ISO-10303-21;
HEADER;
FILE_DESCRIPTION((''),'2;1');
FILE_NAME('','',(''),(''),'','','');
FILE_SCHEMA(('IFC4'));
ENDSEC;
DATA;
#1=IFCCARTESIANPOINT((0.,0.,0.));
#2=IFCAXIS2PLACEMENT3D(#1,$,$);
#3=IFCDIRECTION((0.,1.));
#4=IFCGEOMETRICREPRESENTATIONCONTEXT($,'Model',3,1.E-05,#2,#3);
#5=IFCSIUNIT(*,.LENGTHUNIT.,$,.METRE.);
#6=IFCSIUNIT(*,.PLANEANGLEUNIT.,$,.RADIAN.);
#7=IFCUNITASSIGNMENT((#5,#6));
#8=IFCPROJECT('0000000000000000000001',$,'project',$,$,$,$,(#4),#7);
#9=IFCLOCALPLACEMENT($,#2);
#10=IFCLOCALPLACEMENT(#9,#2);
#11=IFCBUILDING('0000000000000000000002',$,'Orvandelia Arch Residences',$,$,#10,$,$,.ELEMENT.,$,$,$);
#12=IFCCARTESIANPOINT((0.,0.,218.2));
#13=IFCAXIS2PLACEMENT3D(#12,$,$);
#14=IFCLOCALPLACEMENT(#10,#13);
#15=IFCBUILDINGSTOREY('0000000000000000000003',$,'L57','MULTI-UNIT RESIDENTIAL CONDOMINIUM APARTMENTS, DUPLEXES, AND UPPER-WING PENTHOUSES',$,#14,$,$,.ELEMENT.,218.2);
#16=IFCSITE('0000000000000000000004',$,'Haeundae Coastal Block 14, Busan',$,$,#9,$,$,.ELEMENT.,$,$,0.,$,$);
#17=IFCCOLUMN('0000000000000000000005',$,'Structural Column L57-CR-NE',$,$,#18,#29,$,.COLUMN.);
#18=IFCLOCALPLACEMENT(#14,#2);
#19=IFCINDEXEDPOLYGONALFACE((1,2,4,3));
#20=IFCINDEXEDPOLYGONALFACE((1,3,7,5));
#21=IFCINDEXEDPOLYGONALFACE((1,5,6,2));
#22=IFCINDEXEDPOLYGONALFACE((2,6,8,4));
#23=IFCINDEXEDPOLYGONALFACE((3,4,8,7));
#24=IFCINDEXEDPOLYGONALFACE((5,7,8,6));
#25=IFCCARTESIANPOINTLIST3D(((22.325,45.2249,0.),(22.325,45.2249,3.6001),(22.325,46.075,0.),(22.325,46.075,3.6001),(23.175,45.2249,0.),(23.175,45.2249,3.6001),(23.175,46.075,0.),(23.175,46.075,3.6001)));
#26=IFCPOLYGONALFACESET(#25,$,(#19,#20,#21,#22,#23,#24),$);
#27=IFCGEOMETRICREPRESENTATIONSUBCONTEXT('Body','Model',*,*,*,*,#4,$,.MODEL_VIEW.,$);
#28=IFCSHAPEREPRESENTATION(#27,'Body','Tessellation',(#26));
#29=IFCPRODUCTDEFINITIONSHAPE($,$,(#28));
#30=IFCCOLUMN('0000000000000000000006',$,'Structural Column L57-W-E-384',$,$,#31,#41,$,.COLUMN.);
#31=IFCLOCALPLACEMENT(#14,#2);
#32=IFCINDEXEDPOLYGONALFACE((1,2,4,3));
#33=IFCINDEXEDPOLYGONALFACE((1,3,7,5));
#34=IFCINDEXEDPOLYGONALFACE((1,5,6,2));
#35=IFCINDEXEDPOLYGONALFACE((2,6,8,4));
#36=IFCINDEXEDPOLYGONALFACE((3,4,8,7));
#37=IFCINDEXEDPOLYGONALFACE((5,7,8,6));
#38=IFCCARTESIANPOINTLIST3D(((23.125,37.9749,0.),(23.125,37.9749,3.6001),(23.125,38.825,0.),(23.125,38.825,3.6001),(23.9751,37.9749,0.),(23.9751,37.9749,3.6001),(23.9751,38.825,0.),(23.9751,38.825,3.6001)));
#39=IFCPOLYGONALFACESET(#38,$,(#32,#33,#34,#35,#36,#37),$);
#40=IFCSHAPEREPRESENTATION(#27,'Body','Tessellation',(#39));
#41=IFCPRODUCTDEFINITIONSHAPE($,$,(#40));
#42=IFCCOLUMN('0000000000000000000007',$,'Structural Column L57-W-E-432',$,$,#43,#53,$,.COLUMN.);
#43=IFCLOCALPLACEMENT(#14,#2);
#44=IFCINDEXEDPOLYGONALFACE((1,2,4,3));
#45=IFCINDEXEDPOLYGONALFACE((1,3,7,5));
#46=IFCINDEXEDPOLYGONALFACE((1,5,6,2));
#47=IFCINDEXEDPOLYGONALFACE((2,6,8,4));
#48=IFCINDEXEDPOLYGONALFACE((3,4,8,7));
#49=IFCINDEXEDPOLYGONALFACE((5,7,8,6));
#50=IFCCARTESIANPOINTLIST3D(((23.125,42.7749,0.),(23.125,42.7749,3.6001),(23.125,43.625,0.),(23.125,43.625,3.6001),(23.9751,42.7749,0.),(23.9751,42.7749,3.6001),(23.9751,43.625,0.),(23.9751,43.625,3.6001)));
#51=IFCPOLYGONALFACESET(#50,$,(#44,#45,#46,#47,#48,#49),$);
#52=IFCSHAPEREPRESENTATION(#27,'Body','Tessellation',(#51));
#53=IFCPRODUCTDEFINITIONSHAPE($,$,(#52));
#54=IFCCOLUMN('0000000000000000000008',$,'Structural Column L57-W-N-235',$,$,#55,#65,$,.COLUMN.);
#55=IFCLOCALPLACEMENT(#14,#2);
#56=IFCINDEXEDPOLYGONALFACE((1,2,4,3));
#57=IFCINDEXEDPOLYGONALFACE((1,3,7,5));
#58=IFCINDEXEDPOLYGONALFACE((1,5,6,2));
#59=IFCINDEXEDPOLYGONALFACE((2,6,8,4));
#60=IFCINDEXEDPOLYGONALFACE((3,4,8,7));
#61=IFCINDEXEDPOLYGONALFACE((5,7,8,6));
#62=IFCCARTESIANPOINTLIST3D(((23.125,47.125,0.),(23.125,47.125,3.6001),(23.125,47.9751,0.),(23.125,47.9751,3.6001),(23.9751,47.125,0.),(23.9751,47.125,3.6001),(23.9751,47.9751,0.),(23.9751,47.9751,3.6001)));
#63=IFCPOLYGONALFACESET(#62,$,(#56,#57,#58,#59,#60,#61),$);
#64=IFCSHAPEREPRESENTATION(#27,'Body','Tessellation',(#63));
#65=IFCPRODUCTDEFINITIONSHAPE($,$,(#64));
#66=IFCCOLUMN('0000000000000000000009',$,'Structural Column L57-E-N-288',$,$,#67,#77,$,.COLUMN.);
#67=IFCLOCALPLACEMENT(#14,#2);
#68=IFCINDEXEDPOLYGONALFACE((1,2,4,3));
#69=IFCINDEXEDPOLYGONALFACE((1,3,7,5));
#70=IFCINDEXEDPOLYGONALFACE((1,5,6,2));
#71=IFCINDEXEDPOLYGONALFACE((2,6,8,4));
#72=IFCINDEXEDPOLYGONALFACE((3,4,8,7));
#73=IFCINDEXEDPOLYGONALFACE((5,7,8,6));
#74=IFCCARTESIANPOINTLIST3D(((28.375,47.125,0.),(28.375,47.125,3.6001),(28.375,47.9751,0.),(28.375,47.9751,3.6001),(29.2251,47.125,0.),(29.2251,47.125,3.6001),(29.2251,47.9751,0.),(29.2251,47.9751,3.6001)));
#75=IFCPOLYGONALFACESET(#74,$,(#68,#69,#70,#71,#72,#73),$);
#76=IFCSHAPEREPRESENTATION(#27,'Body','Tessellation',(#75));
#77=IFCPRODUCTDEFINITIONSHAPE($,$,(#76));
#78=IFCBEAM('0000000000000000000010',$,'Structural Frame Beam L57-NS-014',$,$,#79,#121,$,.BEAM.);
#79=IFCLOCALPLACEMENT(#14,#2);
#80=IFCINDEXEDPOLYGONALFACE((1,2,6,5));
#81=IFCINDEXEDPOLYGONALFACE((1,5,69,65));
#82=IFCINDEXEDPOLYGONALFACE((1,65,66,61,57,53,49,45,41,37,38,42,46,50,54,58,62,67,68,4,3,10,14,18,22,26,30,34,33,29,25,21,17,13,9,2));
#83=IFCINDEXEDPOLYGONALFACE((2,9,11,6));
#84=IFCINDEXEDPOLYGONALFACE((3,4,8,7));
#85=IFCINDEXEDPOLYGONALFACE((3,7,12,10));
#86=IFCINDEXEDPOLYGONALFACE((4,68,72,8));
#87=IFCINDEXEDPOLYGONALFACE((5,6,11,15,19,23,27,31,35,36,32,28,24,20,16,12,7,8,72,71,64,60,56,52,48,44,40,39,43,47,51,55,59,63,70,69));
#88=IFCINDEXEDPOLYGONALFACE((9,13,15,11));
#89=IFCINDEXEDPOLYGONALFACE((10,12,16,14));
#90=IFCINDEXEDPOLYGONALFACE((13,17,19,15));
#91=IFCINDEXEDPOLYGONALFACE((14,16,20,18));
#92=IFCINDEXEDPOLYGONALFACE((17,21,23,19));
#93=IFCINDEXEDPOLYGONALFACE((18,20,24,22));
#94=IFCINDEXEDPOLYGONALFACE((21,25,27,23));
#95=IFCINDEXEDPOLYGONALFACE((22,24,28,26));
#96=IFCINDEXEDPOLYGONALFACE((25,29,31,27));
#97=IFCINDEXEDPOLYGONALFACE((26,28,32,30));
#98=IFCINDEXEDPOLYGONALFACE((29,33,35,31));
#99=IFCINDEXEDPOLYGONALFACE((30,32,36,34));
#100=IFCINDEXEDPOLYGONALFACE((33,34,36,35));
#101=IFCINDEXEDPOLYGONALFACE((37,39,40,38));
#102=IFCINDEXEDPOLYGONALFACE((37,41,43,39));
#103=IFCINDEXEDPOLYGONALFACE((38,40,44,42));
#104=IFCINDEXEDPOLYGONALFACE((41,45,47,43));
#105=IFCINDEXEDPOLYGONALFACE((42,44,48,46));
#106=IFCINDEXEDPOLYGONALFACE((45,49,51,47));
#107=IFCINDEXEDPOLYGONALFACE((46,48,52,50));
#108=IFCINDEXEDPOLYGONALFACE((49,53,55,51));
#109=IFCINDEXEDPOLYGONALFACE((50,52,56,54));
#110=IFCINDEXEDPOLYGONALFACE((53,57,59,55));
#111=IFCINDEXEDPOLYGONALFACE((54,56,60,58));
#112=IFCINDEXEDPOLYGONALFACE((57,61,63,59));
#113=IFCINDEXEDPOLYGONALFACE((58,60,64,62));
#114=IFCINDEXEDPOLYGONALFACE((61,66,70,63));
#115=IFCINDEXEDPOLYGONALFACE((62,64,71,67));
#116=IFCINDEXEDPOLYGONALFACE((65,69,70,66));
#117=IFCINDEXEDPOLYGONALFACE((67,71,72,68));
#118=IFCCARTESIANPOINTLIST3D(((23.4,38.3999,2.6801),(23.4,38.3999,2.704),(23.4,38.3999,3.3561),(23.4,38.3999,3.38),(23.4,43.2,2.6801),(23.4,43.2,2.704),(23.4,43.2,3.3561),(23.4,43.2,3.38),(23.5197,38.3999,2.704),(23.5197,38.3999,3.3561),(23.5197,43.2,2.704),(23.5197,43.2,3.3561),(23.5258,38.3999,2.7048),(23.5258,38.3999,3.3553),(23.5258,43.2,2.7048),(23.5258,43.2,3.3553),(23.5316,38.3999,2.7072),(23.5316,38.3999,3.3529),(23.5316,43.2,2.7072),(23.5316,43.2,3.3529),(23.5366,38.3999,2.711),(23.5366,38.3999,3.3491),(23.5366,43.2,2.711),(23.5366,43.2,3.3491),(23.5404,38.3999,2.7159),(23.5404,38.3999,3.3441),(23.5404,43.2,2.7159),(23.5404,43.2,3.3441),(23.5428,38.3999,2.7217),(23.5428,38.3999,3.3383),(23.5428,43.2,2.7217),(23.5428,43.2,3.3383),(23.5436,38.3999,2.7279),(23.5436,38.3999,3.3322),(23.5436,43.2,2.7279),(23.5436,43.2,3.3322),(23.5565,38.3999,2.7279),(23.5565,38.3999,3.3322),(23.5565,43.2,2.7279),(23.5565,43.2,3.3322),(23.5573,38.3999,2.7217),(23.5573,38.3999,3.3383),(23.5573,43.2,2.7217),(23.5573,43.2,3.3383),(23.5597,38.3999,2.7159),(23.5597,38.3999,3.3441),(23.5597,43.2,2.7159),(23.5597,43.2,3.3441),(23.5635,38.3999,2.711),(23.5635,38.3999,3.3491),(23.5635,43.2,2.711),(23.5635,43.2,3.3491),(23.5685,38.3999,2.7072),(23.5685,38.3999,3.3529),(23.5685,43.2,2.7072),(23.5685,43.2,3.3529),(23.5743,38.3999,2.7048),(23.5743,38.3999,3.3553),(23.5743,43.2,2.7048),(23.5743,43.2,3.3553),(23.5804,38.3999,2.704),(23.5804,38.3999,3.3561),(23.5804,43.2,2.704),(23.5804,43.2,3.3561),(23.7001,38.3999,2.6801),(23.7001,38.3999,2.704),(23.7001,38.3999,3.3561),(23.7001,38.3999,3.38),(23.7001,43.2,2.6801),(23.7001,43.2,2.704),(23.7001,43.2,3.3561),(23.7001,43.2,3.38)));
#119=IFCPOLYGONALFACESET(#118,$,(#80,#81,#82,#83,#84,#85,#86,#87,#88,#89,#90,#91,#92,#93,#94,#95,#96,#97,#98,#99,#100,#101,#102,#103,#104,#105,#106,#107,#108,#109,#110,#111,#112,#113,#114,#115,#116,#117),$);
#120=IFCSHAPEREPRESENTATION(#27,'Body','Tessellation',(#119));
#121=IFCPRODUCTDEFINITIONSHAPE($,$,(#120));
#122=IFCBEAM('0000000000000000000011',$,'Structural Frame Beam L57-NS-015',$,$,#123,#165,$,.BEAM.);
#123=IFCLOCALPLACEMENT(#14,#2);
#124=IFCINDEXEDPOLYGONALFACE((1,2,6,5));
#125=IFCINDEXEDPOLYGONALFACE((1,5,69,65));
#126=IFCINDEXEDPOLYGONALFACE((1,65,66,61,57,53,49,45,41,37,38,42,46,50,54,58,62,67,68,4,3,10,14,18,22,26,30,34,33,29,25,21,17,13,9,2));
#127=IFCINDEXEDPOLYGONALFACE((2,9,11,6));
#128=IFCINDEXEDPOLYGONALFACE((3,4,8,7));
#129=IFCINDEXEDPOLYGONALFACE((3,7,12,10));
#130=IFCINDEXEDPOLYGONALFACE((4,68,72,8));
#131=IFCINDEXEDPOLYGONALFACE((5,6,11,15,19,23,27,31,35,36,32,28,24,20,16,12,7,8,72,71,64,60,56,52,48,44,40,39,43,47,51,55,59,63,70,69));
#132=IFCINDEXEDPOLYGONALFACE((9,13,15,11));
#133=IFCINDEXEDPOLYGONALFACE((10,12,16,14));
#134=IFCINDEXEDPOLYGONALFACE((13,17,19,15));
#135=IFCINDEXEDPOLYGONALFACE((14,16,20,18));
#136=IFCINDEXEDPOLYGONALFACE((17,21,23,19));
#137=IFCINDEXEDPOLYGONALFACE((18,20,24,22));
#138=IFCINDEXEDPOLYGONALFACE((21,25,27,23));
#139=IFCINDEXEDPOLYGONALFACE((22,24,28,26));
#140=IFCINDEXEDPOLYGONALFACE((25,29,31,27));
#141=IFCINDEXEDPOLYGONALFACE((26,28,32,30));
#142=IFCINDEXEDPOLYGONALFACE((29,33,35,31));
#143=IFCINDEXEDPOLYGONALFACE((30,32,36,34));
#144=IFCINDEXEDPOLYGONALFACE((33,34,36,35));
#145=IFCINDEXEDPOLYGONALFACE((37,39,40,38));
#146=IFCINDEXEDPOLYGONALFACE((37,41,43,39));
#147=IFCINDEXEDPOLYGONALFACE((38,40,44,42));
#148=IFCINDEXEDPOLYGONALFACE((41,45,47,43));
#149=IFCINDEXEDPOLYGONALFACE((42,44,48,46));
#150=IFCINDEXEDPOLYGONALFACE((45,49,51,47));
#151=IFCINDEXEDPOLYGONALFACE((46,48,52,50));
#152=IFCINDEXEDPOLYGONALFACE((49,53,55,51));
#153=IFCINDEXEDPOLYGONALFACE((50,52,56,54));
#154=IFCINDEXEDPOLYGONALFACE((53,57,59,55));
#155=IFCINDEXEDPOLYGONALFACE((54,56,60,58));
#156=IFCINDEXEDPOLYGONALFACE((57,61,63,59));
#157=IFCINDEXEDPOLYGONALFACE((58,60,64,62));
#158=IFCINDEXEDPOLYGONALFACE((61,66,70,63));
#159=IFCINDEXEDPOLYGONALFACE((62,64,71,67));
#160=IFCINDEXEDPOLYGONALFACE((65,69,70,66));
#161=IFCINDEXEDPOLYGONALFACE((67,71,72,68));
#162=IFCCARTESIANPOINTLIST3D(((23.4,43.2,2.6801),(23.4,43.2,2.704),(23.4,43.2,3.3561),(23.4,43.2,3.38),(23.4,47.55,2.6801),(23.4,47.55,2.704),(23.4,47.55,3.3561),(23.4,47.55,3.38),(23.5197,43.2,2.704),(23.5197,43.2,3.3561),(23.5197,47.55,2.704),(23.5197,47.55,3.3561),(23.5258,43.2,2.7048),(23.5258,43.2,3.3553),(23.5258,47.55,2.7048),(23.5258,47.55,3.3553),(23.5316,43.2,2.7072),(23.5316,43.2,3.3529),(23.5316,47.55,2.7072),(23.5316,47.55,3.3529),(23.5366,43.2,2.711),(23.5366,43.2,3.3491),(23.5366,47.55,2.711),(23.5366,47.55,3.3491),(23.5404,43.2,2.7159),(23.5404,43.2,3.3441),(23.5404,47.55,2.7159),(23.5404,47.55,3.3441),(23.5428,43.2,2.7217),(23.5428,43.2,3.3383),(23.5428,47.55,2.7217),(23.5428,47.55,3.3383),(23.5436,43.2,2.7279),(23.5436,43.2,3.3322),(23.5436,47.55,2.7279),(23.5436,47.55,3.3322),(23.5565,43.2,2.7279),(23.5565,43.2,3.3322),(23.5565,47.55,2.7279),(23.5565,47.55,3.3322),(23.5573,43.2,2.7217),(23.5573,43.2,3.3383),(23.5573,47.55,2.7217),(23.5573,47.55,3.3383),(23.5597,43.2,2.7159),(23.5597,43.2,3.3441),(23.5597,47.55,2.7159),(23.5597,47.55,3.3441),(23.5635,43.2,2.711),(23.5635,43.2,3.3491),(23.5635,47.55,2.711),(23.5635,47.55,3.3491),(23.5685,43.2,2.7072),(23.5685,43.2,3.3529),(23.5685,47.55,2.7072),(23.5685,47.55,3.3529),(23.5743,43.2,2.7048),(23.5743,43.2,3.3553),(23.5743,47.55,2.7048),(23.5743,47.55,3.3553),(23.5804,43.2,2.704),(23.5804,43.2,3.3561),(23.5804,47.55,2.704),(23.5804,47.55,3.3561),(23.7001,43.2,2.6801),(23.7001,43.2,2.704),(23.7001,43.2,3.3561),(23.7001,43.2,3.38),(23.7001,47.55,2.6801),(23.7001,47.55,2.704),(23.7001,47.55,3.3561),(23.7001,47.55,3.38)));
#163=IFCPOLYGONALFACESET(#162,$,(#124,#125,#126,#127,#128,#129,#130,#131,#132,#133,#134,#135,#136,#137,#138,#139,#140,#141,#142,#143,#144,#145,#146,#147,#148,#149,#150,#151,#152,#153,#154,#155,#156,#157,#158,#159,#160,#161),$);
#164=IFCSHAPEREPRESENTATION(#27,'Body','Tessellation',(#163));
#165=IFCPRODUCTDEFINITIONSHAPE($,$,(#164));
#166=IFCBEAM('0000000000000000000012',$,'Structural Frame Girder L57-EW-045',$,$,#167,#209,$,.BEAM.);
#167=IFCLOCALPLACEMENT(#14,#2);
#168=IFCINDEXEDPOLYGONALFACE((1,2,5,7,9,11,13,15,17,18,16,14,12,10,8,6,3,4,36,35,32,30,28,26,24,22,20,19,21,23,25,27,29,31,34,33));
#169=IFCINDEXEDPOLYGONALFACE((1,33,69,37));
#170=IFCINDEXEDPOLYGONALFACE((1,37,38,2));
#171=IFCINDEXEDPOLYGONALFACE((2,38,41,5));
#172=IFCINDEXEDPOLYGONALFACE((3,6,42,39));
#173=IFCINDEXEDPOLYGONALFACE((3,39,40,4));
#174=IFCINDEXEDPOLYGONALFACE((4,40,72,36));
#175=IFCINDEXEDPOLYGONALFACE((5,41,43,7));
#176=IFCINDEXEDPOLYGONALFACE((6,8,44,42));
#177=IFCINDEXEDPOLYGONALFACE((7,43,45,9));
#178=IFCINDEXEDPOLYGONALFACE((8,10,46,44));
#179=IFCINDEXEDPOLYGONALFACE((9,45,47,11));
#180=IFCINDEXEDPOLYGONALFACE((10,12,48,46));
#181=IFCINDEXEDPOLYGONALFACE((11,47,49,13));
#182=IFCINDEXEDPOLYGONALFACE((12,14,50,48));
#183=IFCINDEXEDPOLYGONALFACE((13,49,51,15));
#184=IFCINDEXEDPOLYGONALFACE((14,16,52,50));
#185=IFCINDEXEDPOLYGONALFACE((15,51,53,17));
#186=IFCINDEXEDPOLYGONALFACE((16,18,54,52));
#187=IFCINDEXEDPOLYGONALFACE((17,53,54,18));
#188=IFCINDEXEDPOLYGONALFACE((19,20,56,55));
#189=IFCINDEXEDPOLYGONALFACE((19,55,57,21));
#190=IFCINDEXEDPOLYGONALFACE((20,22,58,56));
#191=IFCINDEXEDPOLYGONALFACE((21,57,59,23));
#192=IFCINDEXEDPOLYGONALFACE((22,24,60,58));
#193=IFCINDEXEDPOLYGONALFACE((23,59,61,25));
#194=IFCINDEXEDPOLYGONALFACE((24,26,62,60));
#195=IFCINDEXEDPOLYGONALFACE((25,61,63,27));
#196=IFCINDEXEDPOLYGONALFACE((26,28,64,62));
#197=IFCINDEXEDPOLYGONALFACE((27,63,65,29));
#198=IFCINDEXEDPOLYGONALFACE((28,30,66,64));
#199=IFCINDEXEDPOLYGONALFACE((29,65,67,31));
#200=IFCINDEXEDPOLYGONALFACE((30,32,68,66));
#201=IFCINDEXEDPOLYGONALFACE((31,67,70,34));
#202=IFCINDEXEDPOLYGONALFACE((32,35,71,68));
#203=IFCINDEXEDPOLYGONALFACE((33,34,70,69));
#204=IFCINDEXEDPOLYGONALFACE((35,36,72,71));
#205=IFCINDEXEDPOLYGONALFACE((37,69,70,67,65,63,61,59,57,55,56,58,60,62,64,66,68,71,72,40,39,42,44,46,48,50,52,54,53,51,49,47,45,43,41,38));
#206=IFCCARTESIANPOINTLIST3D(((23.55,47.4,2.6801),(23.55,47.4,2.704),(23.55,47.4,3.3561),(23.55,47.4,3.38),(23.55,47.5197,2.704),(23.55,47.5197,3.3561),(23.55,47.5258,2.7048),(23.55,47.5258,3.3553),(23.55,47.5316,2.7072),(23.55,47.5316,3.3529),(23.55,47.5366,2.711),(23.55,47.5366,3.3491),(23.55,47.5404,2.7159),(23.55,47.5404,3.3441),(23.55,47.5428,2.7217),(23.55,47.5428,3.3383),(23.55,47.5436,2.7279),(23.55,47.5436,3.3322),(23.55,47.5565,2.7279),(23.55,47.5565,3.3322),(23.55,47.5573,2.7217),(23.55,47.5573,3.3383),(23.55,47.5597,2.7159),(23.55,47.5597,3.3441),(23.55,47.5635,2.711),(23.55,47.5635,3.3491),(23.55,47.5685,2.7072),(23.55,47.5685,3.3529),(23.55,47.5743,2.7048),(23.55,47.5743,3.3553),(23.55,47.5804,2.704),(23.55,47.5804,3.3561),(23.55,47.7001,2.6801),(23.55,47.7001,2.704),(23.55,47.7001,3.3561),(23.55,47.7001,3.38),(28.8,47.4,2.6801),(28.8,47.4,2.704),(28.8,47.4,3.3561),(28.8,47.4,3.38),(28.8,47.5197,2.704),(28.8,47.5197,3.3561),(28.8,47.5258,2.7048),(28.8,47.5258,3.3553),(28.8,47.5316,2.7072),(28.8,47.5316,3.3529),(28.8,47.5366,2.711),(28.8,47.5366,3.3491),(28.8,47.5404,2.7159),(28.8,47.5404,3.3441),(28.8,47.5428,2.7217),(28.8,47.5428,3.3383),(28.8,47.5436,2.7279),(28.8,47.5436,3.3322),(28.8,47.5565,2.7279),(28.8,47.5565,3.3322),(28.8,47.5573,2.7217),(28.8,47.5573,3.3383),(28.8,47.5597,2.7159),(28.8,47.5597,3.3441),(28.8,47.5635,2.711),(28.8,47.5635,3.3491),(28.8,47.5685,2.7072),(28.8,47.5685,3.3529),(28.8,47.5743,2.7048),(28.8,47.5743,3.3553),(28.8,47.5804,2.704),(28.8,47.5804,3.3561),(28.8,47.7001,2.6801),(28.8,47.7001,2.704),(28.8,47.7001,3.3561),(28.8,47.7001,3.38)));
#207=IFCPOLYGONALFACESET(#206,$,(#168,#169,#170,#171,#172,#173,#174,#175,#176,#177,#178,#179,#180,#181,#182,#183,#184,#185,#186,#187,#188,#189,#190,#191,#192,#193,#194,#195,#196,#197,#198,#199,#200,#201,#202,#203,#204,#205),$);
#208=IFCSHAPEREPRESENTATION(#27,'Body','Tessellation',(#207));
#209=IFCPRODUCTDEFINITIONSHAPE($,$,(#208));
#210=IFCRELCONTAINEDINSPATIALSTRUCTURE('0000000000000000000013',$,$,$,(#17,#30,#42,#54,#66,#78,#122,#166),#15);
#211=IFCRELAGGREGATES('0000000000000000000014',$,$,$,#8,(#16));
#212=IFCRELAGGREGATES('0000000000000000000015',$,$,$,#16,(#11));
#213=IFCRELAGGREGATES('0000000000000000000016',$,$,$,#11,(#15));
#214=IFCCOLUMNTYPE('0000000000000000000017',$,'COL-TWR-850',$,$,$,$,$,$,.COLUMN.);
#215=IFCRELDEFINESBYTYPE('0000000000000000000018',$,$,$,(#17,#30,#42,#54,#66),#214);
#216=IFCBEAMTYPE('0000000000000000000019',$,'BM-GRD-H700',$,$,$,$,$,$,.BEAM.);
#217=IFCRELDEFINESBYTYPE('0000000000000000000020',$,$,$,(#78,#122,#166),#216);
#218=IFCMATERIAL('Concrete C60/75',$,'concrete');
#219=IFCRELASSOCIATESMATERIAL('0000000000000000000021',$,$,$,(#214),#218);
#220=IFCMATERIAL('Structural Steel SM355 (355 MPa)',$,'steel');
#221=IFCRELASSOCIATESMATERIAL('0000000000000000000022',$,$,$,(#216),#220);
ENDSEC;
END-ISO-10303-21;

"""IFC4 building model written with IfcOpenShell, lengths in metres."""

from ifc_helpers import new_model, si_unit, direction, frame, origin, origin_2d, place, context, subcontext, project, spatial, rectangle, i_section, extrude, material, material_profile, profile_set, type_object, element, save


model = new_model("IFC4")

# Units and contexts
model_context = context("Model", 3, precision=1e-05, world=origin(), true_north=direction((0.0, 1.0)))
body_context = subcontext(model_context, "Body", "Model", "MODEL_VIEW")
ifc_project = project(units=[si_unit("LENGTHUNIT", "METRE"), si_unit("PLANEANGLEUNIT", "RADIAN")], contexts=[model_context])

# Site, building, storey
site_placement = place(None, origin())
site = spatial("IfcSite", under=ifc_project, at=site_placement, Name="Haeundae Coastal Block 14, Busan", CompositionType="ELEMENT", RefElevation=0.0)
building_placement = place(site_placement, origin())
building = spatial("IfcBuilding", under=site, at=building_placement, Name="Orvandelia Arch Residences", CompositionType="ELEMENT")
storey_placement = place(building_placement, frame((0.0, 0.0, 218.2)))
storey = spatial("IfcBuildingStorey", under=building, at=storey_placement, Name="L57", Description="MULTI-UNIT RESIDENTIAL CONDOMINIUM APARTMENTS, DUPLEXES, AND UPPER-WING PENTHOUSES", CompositionType="ELEMENT", Elevation=218.2)

# Columns
ifc_material_1 = material(Name="Concrete C60/75", Category="concrete")
ifc_material_profile_1 = material_profile(ifc_material_1, rectangle(XDim=0.8501, YDim=0.8501, at=origin_2d()), Name="Concrete C60/75", Category="concrete")
ifc_profile_set_1 = profile_set([ifc_material_profile_1], Name="Concrete C60/75")
column_type = type_object("IfcColumnType", Name="COL-TWR-850", PredefinedType="COLUMN", material=ifc_profile_set_1)
for number, where, z_axis, x_axis, name in (
    (1, (22.75, 45.6499, 0.0), (0.0, 0.0, 1.0), (1.0, 0.0, 0.0), "Structural Column L57-CR-NE"),
    (2, (23.55, 38.3999, 0.0), (0.0, 0.0, 1.0), (1.0, 0.0, 0.0), "Structural Column L57-W-E-384"),
    (3, (23.55, 43.2, 0.0), (0.0, 0.0, 1.0), (1.0, 0.0, 0.0), "Structural Column L57-W-E-432"),
    (4, (23.55, 47.55, 0.0), (0.0, 0.0, 1.0), (1.0, 0.0, 0.0), "Structural Column L57-W-N-235"),
    (5, (28.8, 47.55, 0.0), (0.0, 0.0, 1.0), (1.0, 0.0, 0.0), "Structural Column L57-E-N-288"),
):
    element("IfcColumn", number, at=place(storey_placement, frame(where, z_axis=z_axis, x_axis=x_axis)), inside=storey, type_object=column_type, Name=name, PredefinedType="COLUMN", context=body_context, shape_type="SweptSolid", body=[
        extrude(rectangle(XDim=0.8501, YDim=0.8501, at=origin_2d()), origin(), (0.0, 0.0, 1.0), 3.6001),
    ])

# Beams
ifc_material_2 = material(Name="Structural Steel SM355 (355 MPa)", Category="steel")
ifc_material_profile_2 = material_profile(ifc_material_2, i_section(OverallWidth=0.3, OverallDepth=0.7, WebThickness=0.0129, FlangeThickness=0.0239, FilletRadius=0.0239, at=origin_2d()), Name="Structural Steel SM355 (355 MPa)", Category="steel")
ifc_profile_set_2 = profile_set([ifc_material_profile_2], Name="Structural Steel SM355 (355 MPa)")
beam_type = type_object("IfcBeamType", Name="BM-GRD-H700", PredefinedType="BEAM", material=ifc_profile_set_2)
beam_1_placement = place(storey_placement, frame((23.55, 38.3999, 3.03), z_axis=(0.0, 1.0, 0.0), x_axis=(-1.0, 0.0, 0.0)))
element("IfcBeam", 6, at=beam_1_placement, inside=storey, type_object=beam_type, Name="Structural Frame Beam L57-NS-014", PredefinedType="BEAM", context=body_context, shape_type="SweptSolid", body=[
    extrude(i_section(OverallWidth=0.3, OverallDepth=0.7, WebThickness=0.0129, FlangeThickness=0.0239, FilletRadius=0.0239, at=origin_2d()), origin(), (0.0, 0.0, 1.0), 4.8),
])
beam_2_placement = place(storey_placement, frame((23.55, 43.2, 3.03), z_axis=(0.0, 1.0, 0.0), x_axis=(-1.0, 0.0, 0.0)))
element("IfcBeam", 7, at=beam_2_placement, inside=storey, type_object=beam_type, Name="Structural Frame Beam L57-NS-015", PredefinedType="BEAM", context=body_context, shape_type="SweptSolid", body=[
    extrude(i_section(OverallWidth=0.3, OverallDepth=0.7, WebThickness=0.0129, FlangeThickness=0.0239, FilletRadius=0.0239, at=origin_2d()), origin(), (0.0, 0.0, 1.0), 4.3501),
])
beam_3_placement = place(storey_placement, frame((23.55, 47.55, 3.03), z_axis=(1.0, 0.0, 0.0), x_axis=(0.0, 1.0, 0.0)))
element("IfcBeam", 8, at=beam_3_placement, inside=storey, type_object=beam_type, Name="Structural Frame Girder L57-EW-045", PredefinedType="BEAM", context=body_context, shape_type="SweptSolid", body=[
    extrude(i_section(OverallWidth=0.3, OverallDepth=0.7, WebThickness=0.0129, FlangeThickness=0.0239, FilletRadius=0.0239, at=origin_2d()), origin(), (0.0, 0.0, 1.0), 5.25),
])

save(model, "model.ifc")
